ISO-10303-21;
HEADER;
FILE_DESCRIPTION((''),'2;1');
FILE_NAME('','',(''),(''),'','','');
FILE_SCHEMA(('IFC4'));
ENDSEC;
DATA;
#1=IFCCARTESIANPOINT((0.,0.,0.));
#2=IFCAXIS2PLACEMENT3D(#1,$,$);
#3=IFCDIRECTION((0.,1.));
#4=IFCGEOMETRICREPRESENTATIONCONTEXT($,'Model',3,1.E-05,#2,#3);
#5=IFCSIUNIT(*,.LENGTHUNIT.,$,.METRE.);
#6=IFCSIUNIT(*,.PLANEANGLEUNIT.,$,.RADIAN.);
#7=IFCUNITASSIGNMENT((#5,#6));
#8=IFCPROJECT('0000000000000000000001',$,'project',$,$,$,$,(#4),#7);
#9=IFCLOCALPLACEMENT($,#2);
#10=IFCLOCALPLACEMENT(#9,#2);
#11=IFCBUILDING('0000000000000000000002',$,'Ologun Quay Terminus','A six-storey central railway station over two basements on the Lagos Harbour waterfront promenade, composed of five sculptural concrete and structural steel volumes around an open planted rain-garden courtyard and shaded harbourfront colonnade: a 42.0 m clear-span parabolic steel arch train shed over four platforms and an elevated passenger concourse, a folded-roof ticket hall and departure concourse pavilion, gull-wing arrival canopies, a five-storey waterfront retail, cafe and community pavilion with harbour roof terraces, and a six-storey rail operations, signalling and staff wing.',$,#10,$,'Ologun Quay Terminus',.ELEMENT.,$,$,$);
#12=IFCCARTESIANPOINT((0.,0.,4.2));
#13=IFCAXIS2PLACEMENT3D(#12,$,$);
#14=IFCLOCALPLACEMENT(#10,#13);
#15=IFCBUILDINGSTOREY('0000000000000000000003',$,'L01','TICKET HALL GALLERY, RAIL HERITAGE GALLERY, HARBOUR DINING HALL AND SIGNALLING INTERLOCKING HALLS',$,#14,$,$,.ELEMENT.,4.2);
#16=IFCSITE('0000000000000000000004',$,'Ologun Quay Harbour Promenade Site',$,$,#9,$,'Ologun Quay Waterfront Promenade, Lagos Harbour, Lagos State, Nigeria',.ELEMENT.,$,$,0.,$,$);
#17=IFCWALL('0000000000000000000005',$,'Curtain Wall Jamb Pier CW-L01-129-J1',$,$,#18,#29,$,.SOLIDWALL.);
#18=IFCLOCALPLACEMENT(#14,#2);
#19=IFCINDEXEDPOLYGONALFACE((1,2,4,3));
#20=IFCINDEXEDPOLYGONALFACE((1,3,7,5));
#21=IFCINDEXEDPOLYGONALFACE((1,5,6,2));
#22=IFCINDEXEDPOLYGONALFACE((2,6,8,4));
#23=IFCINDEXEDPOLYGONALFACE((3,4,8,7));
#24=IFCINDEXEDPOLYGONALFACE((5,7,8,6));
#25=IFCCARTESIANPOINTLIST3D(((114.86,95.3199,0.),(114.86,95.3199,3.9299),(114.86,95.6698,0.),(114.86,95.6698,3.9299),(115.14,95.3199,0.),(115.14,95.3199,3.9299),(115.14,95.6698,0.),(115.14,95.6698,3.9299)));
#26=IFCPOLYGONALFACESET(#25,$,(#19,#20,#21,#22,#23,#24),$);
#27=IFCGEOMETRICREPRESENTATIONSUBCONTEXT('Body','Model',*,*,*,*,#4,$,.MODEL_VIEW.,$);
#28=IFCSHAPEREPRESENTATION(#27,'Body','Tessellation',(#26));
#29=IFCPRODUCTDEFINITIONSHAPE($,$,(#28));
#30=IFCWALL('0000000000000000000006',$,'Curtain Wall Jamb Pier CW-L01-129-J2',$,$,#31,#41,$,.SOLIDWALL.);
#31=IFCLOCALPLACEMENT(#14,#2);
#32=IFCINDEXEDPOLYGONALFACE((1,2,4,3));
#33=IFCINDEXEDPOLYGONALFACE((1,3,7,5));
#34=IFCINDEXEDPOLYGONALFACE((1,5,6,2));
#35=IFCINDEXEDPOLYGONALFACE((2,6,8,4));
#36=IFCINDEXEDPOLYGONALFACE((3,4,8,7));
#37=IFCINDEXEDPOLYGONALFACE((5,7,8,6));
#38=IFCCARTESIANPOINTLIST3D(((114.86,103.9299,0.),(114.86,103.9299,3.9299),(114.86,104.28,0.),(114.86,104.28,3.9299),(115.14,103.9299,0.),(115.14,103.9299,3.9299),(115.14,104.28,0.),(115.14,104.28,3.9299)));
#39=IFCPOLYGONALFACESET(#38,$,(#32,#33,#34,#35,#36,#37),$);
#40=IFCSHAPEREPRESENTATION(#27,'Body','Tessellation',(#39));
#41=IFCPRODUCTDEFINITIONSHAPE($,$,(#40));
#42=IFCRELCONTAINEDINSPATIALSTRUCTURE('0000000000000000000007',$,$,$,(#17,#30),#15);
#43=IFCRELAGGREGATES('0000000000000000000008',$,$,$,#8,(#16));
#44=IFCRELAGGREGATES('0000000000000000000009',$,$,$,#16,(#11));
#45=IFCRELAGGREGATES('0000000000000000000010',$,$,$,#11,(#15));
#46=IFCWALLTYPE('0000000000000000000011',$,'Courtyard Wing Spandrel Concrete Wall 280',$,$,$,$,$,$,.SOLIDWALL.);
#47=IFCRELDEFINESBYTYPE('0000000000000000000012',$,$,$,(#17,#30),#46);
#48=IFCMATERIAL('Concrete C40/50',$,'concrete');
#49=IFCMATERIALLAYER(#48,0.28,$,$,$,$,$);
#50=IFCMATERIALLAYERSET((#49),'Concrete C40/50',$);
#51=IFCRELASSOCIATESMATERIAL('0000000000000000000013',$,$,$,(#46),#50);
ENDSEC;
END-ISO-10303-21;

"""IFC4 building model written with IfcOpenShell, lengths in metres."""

from ifc_helpers import new_model, si_unit, direction, frame, frame_2d, origin, place, context, subcontext, project, spatial, rectangle, extrude, material, layer, layer_set, type_object, element, save


model = new_model("IFC4")

# Units and contexts
model_context = context("Model", 3, precision=1e-05, world=origin(), true_north=direction((0.0, 1.0)))
body_context = subcontext(model_context, "Body", "Model", "MODEL_VIEW")
ifc_project = project(units=[si_unit("LENGTHUNIT", "METRE"), si_unit("PLANEANGLEUNIT", "RADIAN")], contexts=[model_context])

# Site, building, storey
site_placement = place(None, origin())
site = spatial("IfcSite", under=ifc_project, at=site_placement, Name="Ologun Quay Harbour Promenade Site", LongName="Ologun Quay Waterfront Promenade, Lagos Harbour, Lagos State, Nigeria", CompositionType="ELEMENT", RefElevation=0.0)
building_placement = place(site_placement, origin())
building = spatial("IfcBuilding", under=site, at=building_placement, Name="Ologun Quay Terminus", Description="A six-storey central railway station over two basements on the Lagos Harbour waterfront promenade, composed of five sculptural concrete and structural steel volumes around an open planted rain-garden courtyard and shaded harbourfront colonnade: a 42.0 m clear-span parabolic steel arch train shed over four platforms and an elevated passenger concourse, a folded-roof ticket hall and departure concourse pavilion, gull-wing arrival canopies, a five-storey waterfront retail, cafe and community pavilion with harbour roof terraces, and a six-storey rail operations, signalling and staff wing.", LongName="Ologun Quay Terminus", CompositionType="ELEMENT")
storey_placement = place(building_placement, frame((0.0, 0.0, 4.2)))
storey = spatial("IfcBuildingStorey", under=building, at=storey_placement, Name="L01", Description="TICKET HALL GALLERY, RAIL HERITAGE GALLERY, HARBOUR DINING HALL AND SIGNALLING INTERLOCKING HALLS", CompositionType="ELEMENT", Elevation=4.2)

# Walls
ifc_material_1 = material(Name="Concrete C40/50", Category="concrete")
ifc_layer_1 = layer(ifc_material_1, 0.28)
ifc_layer_set_1 = layer_set([ifc_layer_1], Name="Concrete C40/50")
wall_type = type_object("IfcWallType", Name="Courtyard Wing Spandrel Concrete Wall 280", PredefinedType="SOLIDWALL", material=ifc_layer_set_1)
wall_1_placement = place(storey_placement, frame((115.0, 95.3201, 0.0), z_axis=(0.0, 0.0, 1.0), x_axis=(0.0, 1.0, 0.0)))
element("IfcWall", 1, at=wall_1_placement, inside=storey, type_object=wall_type, Name="Curtain Wall Jamb Pier CW-L01-129-J1", PredefinedType="SOLIDWALL", context=body_context, shape_type="SweptSolid", body=[
    extrude(rectangle(XDim=0.3499, YDim=0.28, at=frame_2d((0.1748, 0.0))), origin(), (0.0, 0.0, 1.0), 3.9299),
])
wall_2_placement = place(storey_placement, frame((115.0, 103.9299, 0.0), z_axis=(0.0, 0.0, 1.0), x_axis=(0.0, 1.0, 0.0)))
element("IfcWall", 2, at=wall_2_placement, inside=storey, type_object=wall_type, Name="Curtain Wall Jamb Pier CW-L01-129-J2", PredefinedType="SOLIDWALL", context=body_context, shape_type="SweptSolid", body=[
    extrude(rectangle(XDim=0.3501, YDim=0.28, at=frame_2d((0.175, 0.0))), origin(), (0.0, 0.0, 1.0), 3.9299),
])

save(model, "model.ifc")
